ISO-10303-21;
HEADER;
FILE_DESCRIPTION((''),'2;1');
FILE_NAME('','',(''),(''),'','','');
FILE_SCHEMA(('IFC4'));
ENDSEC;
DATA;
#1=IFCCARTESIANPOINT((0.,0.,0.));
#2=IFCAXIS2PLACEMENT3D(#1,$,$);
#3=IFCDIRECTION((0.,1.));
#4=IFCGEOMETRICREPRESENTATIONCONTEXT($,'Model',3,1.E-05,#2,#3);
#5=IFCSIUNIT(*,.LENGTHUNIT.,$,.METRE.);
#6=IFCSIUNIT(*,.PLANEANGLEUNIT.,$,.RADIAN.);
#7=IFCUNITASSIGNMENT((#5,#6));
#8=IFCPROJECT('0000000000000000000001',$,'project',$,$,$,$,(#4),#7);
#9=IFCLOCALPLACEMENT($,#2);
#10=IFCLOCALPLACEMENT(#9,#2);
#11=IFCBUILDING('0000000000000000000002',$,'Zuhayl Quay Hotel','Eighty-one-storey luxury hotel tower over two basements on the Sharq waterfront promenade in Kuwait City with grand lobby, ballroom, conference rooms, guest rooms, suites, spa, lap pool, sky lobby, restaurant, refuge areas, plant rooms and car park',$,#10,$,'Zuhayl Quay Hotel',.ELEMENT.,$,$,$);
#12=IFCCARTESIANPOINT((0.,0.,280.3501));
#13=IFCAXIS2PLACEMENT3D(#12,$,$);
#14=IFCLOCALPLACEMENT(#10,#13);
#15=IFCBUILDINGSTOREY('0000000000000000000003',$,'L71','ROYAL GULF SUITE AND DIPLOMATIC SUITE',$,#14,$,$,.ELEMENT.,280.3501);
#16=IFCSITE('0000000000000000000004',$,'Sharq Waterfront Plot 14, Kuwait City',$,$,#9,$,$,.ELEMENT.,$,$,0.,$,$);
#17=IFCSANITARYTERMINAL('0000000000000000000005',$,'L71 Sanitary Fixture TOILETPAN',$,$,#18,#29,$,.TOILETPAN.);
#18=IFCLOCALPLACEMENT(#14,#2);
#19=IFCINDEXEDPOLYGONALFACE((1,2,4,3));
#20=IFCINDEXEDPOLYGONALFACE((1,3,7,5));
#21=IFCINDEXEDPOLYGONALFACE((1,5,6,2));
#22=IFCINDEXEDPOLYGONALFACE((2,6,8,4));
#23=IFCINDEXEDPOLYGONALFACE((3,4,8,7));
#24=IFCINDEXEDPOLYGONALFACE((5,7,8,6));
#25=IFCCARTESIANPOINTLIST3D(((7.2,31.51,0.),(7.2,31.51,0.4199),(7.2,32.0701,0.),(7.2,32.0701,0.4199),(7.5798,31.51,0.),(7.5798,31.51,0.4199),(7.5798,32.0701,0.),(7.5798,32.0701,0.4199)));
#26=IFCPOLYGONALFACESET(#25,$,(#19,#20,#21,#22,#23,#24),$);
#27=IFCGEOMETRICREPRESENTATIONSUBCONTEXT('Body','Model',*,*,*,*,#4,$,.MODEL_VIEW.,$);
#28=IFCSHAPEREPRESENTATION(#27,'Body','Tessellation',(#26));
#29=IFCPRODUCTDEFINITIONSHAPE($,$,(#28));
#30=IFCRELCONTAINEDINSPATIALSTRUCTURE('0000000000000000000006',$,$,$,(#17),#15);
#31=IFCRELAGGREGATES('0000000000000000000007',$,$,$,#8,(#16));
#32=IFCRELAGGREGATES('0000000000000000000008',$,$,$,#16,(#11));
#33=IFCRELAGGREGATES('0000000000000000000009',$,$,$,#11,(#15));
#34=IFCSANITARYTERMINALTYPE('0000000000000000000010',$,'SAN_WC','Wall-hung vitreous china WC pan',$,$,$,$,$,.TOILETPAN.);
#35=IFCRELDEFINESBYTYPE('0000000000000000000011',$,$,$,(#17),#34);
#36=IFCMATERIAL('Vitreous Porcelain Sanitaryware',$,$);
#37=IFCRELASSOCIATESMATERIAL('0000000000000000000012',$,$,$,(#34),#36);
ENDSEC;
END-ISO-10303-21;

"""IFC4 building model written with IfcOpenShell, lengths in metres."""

from ifc_helpers import new_model, si_unit, direction, frame, origin, origin_2d, place, context, subcontext, project, spatial, rectangle, extrude, material, type_object, element, save


model = new_model("IFC4")

# Units and contexts
model_context = context("Model", 3, precision=1e-05, world=origin(), true_north=direction((0.0, 1.0)))
body_context = subcontext(model_context, "Body", "Model", "MODEL_VIEW")
ifc_project = project(units=[si_unit("LENGTHUNIT", "METRE"), si_unit("PLANEANGLEUNIT", "RADIAN")], contexts=[model_context])

# Site, building, storey
site_placement = place(None, origin())
site = spatial("IfcSite", under=ifc_project, at=site_placement, Name="Sharq Waterfront Plot 14, Kuwait City", CompositionType="ELEMENT", RefElevation=0.0)
building_placement = place(site_placement, origin())
building = spatial("IfcBuilding", under=site, at=building_placement, Name="Zuhayl Quay Hotel", Description="Eighty-one-storey luxury hotel tower over two basements on the Sharq waterfront promenade in Kuwait City with grand lobby, ballroom, conference rooms, guest rooms, suites, spa, lap pool, sky lobby, restaurant, refuge areas, plant rooms and car park", LongName="Zuhayl Quay Hotel", CompositionType="ELEMENT")
storey_placement = place(building_placement, frame((0.0, 0.0, 280.3501)))
storey = spatial("IfcBuildingStorey", under=building, at=storey_placement, Name="L71", Description="ROYAL GULF SUITE AND DIPLOMATIC SUITE", CompositionType="ELEMENT", Elevation=280.3501)

# Sanitary terminal
ifc_material_1 = material(Name="Vitreous Porcelain Sanitaryware")
sanitary_terminal_type_1 = type_object("IfcSanitaryTerminalType", Name="SAN_WC", Description="Wall-hung vitreous china WC pan", PredefinedType="TOILETPAN", material=ifc_material_1)
for number, where, z_axis, x_axis, name in (
    (1, (7.3899, 31.79, 0.0), (0.0, 0.0, 1.0), (1.0, 0.0, 0.0), "L71 Sanitary Fixture TOILETPAN"),
):
    element("IfcSanitaryTerminal", number, at=place(storey_placement, frame(where, z_axis=z_axis, x_axis=x_axis)), inside=storey, type_object=sanitary_terminal_type_1, Name=name, PredefinedType="TOILETPAN", context=body_context, shape_type="SweptSolid", body=[
        extrude(rectangle(XDim=0.3799, YDim=0.5601, at=origin_2d()), origin(), (0.0, 0.0, 1.0), 0.4199),
    ])

save(model, "model.ifc")
